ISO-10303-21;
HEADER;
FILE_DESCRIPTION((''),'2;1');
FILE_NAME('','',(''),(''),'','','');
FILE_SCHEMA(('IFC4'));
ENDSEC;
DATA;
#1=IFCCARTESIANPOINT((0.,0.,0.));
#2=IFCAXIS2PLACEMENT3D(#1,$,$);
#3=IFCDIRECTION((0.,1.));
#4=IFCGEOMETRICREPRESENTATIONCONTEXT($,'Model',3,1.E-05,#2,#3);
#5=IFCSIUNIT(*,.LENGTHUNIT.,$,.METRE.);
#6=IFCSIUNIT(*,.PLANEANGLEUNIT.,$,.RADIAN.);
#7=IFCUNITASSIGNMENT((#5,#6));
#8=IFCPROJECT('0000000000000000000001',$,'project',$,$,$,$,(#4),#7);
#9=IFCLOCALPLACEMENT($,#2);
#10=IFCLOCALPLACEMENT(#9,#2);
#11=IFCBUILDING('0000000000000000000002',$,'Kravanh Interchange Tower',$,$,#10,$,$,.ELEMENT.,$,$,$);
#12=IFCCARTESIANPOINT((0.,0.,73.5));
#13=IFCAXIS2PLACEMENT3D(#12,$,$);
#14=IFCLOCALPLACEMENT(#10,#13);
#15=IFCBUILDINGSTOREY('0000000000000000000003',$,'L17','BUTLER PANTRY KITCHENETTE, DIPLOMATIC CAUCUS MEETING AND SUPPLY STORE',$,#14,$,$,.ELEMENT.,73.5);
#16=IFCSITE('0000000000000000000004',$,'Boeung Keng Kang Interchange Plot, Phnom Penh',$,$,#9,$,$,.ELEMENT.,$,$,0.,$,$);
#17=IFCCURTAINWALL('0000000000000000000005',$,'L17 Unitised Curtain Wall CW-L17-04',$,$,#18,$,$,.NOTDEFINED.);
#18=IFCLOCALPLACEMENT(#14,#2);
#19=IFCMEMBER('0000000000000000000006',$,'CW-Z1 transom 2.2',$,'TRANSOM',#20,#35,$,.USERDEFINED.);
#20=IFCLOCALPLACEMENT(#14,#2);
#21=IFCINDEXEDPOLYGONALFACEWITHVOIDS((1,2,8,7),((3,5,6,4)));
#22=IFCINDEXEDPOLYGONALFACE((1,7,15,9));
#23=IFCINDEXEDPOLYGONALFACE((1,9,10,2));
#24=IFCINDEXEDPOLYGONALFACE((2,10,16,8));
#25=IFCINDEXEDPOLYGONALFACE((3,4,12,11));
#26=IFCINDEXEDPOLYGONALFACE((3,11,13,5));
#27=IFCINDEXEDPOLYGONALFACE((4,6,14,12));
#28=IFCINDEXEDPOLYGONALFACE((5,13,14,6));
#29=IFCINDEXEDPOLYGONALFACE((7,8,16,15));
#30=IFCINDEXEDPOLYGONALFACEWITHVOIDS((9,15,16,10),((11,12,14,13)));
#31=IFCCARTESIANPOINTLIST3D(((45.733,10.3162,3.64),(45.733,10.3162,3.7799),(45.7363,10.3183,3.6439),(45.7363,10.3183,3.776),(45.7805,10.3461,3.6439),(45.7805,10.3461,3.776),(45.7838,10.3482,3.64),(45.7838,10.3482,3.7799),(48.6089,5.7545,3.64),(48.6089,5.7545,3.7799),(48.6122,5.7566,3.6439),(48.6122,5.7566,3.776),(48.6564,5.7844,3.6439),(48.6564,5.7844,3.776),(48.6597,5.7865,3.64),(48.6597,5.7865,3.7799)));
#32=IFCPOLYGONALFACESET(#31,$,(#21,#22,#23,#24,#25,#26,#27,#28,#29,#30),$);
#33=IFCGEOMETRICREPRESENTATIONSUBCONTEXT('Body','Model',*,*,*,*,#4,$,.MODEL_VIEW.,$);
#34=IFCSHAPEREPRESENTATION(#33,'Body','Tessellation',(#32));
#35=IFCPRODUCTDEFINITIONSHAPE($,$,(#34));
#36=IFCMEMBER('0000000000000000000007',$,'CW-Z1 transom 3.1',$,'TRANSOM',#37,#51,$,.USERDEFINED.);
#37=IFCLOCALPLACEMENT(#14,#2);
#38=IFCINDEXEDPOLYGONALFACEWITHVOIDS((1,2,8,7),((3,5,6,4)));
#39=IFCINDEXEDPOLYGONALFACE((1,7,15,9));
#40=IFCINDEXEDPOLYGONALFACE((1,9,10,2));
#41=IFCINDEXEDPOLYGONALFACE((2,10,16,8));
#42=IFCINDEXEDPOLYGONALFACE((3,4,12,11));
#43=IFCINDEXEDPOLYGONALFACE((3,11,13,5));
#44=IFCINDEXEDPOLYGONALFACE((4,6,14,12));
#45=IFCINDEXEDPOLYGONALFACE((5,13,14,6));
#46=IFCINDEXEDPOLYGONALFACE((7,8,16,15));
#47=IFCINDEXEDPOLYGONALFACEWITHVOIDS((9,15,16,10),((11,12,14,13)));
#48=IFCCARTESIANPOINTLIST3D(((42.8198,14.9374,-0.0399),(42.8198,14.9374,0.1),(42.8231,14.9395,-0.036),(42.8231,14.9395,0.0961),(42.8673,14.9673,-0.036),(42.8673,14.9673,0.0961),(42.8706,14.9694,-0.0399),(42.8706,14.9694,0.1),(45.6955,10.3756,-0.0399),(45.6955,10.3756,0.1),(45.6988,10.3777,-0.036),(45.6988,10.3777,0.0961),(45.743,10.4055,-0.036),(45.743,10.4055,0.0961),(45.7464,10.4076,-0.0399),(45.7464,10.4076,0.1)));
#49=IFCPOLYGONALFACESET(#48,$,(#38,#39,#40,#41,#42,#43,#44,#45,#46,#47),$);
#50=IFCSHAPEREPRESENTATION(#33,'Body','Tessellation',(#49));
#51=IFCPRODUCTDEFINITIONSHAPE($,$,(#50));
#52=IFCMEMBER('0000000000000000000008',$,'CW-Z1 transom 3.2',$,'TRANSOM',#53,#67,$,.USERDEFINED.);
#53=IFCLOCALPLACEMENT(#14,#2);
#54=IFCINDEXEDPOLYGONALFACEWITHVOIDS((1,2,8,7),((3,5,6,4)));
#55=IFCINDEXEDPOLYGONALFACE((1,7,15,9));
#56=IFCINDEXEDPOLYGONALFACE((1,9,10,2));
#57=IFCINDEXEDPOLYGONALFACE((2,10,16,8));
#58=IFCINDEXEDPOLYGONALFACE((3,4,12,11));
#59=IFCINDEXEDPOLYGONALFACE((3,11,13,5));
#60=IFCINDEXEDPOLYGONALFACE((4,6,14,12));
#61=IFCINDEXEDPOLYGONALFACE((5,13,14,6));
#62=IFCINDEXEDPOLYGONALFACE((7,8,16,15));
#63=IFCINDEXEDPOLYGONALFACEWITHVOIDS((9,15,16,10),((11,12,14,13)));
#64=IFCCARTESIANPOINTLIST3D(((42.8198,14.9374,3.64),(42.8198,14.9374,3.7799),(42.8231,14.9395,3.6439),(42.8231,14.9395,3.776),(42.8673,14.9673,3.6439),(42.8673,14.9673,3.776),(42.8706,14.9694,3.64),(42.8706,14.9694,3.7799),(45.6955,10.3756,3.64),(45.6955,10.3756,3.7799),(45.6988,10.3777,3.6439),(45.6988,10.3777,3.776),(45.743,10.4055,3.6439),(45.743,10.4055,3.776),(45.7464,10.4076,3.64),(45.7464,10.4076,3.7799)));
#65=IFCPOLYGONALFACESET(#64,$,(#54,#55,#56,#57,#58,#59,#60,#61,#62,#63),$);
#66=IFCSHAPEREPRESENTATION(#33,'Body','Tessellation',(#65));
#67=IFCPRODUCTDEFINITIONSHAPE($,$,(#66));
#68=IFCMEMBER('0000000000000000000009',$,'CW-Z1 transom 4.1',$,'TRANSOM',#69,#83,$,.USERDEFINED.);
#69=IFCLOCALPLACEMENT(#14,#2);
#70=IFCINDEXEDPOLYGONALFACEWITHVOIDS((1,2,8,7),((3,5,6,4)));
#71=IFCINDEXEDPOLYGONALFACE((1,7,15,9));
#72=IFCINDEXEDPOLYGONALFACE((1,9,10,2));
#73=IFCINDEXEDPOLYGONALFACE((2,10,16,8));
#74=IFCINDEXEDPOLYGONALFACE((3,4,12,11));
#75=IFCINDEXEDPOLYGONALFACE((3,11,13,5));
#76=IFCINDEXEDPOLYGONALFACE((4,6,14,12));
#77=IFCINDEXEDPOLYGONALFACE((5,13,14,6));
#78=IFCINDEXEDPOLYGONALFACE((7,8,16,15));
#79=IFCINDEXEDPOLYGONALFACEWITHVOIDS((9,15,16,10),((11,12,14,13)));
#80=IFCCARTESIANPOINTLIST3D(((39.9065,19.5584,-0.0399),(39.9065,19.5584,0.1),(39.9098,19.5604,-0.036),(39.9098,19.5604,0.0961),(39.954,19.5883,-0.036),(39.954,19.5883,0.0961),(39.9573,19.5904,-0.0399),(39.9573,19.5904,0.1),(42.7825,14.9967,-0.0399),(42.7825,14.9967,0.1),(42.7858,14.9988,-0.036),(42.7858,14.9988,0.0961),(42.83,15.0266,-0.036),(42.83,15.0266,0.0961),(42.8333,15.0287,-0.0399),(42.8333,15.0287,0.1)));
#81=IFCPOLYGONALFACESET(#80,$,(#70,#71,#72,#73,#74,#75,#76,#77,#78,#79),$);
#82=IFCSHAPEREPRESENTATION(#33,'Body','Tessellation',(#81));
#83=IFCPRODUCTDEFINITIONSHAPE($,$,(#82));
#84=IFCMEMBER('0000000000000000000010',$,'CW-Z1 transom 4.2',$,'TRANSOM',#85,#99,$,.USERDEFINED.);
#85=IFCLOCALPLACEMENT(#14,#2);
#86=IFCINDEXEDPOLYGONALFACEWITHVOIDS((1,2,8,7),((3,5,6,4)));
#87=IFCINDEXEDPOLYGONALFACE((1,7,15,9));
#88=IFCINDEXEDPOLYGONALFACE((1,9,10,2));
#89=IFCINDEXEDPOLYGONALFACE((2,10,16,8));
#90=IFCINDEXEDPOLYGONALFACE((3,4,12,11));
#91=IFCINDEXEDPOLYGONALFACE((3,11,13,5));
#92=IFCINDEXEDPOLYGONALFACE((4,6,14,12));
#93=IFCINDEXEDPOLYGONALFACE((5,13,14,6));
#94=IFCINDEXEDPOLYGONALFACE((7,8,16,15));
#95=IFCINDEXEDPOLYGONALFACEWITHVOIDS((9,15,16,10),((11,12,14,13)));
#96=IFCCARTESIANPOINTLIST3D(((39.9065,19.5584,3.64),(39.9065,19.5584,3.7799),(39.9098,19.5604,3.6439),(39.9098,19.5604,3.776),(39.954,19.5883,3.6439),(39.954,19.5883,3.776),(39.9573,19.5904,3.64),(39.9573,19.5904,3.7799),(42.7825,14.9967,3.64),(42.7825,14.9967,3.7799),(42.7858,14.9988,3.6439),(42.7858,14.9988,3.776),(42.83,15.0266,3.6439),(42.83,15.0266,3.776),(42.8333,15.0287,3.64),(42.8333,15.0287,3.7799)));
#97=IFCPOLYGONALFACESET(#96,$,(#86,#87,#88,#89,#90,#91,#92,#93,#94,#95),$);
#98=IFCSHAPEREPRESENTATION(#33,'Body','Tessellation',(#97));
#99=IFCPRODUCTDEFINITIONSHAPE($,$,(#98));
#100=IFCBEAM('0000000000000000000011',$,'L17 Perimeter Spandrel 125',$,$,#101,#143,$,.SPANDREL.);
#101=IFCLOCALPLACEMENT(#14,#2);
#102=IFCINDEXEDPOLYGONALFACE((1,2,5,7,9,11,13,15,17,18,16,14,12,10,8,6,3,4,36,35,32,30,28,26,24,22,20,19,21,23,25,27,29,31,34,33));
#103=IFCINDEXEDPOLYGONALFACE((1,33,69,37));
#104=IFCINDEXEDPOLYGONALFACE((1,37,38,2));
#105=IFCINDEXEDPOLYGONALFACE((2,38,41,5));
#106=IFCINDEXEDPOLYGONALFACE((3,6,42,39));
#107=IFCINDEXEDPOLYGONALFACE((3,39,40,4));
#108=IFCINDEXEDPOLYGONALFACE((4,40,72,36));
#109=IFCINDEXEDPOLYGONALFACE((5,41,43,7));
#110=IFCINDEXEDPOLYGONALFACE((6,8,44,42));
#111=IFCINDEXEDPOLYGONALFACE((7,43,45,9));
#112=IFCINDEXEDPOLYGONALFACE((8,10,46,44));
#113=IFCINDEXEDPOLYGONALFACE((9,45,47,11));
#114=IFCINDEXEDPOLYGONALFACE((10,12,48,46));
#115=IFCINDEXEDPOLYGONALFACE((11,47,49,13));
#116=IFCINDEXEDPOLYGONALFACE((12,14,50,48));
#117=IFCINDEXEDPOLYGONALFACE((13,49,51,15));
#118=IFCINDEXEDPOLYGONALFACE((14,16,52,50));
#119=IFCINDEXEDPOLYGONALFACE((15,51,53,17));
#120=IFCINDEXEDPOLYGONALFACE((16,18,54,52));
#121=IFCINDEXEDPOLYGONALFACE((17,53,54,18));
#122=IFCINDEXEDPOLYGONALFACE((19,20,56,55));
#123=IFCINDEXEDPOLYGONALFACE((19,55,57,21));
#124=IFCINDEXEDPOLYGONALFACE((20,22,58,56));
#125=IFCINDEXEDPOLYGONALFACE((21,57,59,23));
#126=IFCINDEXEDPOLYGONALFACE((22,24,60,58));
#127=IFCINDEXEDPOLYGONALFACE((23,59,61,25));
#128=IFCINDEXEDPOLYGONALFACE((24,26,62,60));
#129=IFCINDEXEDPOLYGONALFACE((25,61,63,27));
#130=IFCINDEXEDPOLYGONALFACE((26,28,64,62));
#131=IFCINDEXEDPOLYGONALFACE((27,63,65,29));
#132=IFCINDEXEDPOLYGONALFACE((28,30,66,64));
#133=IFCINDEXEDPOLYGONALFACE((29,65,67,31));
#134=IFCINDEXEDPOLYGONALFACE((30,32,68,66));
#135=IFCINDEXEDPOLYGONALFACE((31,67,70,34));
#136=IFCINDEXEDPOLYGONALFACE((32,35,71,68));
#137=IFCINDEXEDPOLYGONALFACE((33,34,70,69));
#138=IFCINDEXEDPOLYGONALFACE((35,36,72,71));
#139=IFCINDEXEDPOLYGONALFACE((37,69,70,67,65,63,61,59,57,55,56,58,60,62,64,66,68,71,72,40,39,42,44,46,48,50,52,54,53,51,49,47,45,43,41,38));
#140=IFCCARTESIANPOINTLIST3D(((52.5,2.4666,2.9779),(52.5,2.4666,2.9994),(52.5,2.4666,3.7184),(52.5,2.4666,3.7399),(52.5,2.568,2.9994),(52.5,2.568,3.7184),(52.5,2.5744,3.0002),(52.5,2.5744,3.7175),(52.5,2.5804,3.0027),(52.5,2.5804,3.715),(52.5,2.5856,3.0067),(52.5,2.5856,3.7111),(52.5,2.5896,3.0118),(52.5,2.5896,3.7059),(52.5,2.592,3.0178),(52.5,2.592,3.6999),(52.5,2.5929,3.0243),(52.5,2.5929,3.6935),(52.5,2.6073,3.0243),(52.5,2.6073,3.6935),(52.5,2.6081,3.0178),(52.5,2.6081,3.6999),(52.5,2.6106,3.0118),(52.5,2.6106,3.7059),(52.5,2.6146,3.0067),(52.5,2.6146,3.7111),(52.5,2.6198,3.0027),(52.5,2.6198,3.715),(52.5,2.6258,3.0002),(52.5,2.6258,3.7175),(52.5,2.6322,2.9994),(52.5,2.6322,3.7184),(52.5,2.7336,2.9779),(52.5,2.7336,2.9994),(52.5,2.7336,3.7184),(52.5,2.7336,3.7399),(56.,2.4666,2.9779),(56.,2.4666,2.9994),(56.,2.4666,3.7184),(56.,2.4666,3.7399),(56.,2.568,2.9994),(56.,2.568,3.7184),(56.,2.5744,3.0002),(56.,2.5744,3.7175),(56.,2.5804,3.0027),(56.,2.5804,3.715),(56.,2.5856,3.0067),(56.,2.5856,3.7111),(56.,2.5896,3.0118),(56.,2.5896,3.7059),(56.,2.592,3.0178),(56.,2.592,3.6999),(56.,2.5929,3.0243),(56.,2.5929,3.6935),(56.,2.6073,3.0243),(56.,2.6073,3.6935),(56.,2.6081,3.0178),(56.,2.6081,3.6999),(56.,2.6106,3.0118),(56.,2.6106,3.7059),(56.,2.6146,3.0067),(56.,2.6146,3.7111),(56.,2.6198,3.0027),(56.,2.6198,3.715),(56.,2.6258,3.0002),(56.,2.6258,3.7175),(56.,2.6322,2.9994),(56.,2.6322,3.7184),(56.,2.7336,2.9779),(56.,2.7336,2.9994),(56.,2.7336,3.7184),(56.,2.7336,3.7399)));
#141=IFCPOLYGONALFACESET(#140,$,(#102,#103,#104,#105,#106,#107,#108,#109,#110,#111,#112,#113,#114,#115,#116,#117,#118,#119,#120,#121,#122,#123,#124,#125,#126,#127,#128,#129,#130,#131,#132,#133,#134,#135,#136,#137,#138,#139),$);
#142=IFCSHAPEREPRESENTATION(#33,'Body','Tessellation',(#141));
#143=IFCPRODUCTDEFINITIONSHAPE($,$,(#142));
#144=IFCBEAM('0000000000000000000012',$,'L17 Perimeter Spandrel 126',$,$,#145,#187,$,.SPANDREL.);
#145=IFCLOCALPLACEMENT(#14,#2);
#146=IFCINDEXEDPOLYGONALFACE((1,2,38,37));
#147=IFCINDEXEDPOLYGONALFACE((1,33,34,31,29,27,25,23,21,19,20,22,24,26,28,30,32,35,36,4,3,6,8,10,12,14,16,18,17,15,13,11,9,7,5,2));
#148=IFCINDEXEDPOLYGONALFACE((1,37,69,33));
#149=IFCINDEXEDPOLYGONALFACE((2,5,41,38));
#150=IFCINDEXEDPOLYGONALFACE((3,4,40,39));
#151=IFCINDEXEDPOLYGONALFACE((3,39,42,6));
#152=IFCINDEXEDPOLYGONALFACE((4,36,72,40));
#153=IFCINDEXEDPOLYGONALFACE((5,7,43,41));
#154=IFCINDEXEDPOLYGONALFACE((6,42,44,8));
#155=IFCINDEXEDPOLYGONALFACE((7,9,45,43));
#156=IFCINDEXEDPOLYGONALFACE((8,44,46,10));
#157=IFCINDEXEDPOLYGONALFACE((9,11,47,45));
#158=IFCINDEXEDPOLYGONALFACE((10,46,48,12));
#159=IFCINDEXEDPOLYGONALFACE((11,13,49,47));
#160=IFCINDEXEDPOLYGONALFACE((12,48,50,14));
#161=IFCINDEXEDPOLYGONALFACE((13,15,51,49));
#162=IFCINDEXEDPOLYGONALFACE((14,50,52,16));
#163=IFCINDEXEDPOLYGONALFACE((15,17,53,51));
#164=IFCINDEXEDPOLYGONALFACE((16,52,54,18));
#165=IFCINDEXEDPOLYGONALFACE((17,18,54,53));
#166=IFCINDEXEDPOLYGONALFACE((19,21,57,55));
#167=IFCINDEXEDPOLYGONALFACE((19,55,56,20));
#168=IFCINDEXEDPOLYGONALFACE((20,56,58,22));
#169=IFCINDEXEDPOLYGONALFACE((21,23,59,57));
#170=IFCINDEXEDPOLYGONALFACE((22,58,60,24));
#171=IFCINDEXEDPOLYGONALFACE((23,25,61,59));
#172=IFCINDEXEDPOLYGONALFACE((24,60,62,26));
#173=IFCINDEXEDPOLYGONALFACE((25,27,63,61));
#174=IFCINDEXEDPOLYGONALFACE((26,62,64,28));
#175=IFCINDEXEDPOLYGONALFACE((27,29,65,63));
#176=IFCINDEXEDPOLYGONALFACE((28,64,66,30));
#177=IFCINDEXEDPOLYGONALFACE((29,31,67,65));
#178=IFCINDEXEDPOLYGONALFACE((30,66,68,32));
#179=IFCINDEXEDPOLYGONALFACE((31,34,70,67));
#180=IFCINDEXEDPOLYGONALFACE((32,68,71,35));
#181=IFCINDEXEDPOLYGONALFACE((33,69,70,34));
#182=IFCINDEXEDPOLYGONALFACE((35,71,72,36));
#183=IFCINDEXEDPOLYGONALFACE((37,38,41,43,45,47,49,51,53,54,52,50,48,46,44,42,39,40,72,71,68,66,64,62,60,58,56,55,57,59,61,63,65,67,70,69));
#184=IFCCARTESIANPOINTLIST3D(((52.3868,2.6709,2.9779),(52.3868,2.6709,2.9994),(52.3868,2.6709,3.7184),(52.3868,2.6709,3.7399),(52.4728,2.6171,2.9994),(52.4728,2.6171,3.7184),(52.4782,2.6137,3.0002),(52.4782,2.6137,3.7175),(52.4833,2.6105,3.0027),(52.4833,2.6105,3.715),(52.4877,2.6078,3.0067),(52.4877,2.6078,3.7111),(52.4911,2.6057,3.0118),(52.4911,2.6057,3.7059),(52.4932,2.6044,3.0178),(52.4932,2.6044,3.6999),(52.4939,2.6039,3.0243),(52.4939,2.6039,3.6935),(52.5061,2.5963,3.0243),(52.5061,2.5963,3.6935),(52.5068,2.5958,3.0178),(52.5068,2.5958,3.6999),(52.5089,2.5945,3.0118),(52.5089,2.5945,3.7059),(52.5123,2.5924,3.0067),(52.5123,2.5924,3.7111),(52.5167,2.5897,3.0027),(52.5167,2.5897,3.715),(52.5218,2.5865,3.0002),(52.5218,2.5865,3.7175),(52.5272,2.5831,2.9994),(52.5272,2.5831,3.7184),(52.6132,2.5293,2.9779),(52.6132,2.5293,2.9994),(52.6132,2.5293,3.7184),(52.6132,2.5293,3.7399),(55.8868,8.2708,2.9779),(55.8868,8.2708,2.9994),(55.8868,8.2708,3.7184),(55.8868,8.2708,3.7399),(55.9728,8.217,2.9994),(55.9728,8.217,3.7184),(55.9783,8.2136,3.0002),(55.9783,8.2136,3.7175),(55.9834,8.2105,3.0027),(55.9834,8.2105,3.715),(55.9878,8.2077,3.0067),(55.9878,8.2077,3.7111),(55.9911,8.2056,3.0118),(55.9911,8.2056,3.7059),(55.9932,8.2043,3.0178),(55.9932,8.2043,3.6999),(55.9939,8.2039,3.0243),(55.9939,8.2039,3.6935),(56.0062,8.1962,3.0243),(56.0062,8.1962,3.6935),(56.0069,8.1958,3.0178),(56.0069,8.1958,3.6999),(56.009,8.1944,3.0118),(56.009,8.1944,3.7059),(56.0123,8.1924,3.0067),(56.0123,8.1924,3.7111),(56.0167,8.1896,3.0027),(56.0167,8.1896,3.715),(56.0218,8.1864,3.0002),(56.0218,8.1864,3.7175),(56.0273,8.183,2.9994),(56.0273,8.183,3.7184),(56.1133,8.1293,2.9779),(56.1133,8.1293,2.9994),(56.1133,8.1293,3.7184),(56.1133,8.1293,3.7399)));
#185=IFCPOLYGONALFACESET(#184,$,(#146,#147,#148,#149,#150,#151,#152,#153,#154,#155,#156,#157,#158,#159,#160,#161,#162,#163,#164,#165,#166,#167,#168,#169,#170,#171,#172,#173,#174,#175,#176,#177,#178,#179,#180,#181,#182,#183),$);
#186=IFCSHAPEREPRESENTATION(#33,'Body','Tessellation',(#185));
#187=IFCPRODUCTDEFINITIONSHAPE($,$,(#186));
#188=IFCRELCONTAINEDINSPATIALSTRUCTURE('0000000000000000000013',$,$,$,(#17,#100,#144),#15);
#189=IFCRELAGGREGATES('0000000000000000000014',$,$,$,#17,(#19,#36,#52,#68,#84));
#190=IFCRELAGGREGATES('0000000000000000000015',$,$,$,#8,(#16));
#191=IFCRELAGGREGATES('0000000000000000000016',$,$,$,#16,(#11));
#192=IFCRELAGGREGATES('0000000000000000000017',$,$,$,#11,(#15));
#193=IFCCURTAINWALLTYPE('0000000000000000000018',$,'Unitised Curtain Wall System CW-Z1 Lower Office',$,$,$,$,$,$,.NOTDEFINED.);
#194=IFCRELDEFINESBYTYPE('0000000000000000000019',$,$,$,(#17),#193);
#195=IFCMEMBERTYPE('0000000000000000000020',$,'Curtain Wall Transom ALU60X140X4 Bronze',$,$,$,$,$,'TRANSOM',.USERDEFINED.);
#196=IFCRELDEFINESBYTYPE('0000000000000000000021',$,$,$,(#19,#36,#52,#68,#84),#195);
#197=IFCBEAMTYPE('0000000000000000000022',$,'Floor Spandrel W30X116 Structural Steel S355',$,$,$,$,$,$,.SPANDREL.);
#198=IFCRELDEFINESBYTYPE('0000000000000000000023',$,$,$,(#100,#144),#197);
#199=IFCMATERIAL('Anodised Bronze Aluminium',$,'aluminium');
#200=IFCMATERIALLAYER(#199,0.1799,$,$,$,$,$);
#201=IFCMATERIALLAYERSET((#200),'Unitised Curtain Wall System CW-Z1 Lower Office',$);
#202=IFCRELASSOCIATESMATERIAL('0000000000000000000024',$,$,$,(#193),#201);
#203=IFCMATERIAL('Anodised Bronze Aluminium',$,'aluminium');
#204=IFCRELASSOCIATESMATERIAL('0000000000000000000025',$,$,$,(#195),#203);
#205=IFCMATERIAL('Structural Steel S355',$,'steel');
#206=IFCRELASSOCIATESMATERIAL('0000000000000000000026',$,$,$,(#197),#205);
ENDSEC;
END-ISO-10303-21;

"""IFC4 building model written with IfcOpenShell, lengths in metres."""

from ifc_helpers import new_model, si_unit, direction, frame, origin, origin_2d, place, context, subcontext, project, spatial, hollow_rectangle, i_section, extrude, material, layer, layer_set, material_profile, profile_set, type_object, element, aggregate, save


model = new_model("IFC4")

# Units and contexts
model_context = context("Model", 3, precision=1e-05, world=origin(), true_north=direction((0.0, 1.0)))
body_context = subcontext(model_context, "Body", "Model", "MODEL_VIEW")
ifc_project = project(units=[si_unit("LENGTHUNIT", "METRE"), si_unit("PLANEANGLEUNIT", "RADIAN")], contexts=[model_context])

# Site, building, storey
site_placement = place(None, origin())
site = spatial("IfcSite", under=ifc_project, at=site_placement, Name="Boeung Keng Kang Interchange Plot, Phnom Penh", CompositionType="ELEMENT", RefElevation=0.0)
building_placement = place(site_placement, origin())
building = spatial("IfcBuilding", under=site, at=building_placement, Name="Kravanh Interchange Tower", CompositionType="ELEMENT")
storey_placement = place(building_placement, frame((0.0, 0.0, 73.5)))
storey = spatial("IfcBuildingStorey", under=building, at=storey_placement, Name="L17", Description="BUTLER PANTRY KITCHENETTE, DIPLOMATIC CAUCUS MEETING AND SUPPLY STORE", CompositionType="ELEMENT", Elevation=73.5)

# Shared definitions
ifc_material_1 = material(Name="Anodised Bronze Aluminium", Category="aluminium")
ifc_layer_1 = layer(ifc_material_1, 0.1799)
ifc_layer_set_1 = layer_set([ifc_layer_1], Name="Unitised Curtain Wall System CW-Z1 Lower Office")
curtain_wall_type = type_object("IfcCurtainWallType", Name="Unitised Curtain Wall System CW-Z1 Lower Office", PredefinedType="NOTDEFINED", material=ifc_layer_set_1)

# Curtain wall, members
curtain_wall_1_placement = place(storey_placement, origin())
curtain_wall_1 = element("IfcCurtainWall", 1, at=curtain_wall_1_placement, inside=storey, type_object=curtain_wall_type, Name="L17 Unitised Curtain Wall CW-L17-04", PredefinedType="NOTDEFINED")
ifc_material_2 = material(Name="Anodised Bronze Aluminium", Category="aluminium")
ifc_material_profile_1 = material_profile(ifc_material_2, hollow_rectangle(XDim=0.0601, YDim=0.1399, WallThickness=0.0039, at=origin_2d()), Name="ALU60X140X4")
ifc_profile_set_1 = profile_set([ifc_material_profile_1], Name="Anodised Bronze Aluminium")
member_type_1 = type_object("IfcMemberType", Name="Curtain Wall Transom ALU60X140X4 Bronze", ElementType="TRANSOM", PredefinedType="USERDEFINED", material=ifc_profile_set_1)
member_1_placement = place(storey_placement, frame((48.6343, 5.7705, 3.71), z_axis=(-0.533311, 0.845919, 0.0), x_axis=(-0.845919, -0.533311, 0.0)))
member_1 = element("IfcMember", 2, at=member_1_placement, type_object=member_type_1, Name="CW-Z1 transom 2.2", ObjectType="TRANSOM", PredefinedType="USERDEFINED", context=body_context, shape_type="SweptSolid", body=[
    extrude(hollow_rectangle(XDim=0.0601, YDim=0.1399, WallThickness=0.0039, at=origin_2d()), origin(), (0.0, 0.0, 1.0), 5.3926),
])
member_2_placement = place(storey_placement, frame((45.7209, 10.3916, 0.03), z_axis=(-0.533279, 0.845939, 0.0), x_axis=(-0.845939, -0.533279, 0.0)))
member_2 = element("IfcMember", 3, at=member_2_placement, type_object=member_type_1, Name="CW-Z1 transom 3.1", ObjectType="TRANSOM", PredefinedType="USERDEFINED", context=body_context, shape_type="SweptSolid", body=[
    extrude(hollow_rectangle(XDim=0.0601, YDim=0.1399, WallThickness=0.0039, at=origin_2d()), origin(), (0.0, 0.0, 1.0), 5.3926),
])
member_3_placement = place(storey_placement, frame((45.7209, 10.3916, 3.71), z_axis=(-0.533279, 0.845939, 0.0), x_axis=(-0.845939, -0.533279, 0.0)))
member_3 = element("IfcMember", 4, at=member_3_placement, type_object=member_type_1, Name="CW-Z1 transom 3.2", ObjectType="TRANSOM", PredefinedType="USERDEFINED", context=body_context, shape_type="SweptSolid", body=[
    extrude(hollow_rectangle(XDim=0.0601, YDim=0.1399, WallThickness=0.0039, at=origin_2d()), origin(), (0.0, 0.0, 1.0), 5.3926),
])
member_4_placement = place(storey_placement, frame((42.8079, 15.0127, 0.03), z_axis=(-0.533311, 0.845919, 0.0), x_axis=(-0.845919, -0.533311, 0.0)))
member_4 = element("IfcMember", 5, at=member_4_placement, type_object=member_type_1, Name="CW-Z1 transom 4.1", ObjectType="TRANSOM", PredefinedType="USERDEFINED", context=body_context, shape_type="SweptSolid", body=[
    extrude(hollow_rectangle(XDim=0.0601, YDim=0.1399, WallThickness=0.0039, at=origin_2d()), origin(), (0.0, 0.0, 1.0), 5.3926),
])
member_5_placement = place(storey_placement, frame((42.8079, 15.0127, 3.71), z_axis=(-0.533311, 0.845919, 0.0), x_axis=(-0.845919, -0.533311, 0.0)))
member_5 = element("IfcMember", 6, at=member_5_placement, type_object=member_type_1, Name="CW-Z1 transom 4.2", ObjectType="TRANSOM", PredefinedType="USERDEFINED", context=body_context, shape_type="SweptSolid", body=[
    extrude(hollow_rectangle(XDim=0.0601, YDim=0.1399, WallThickness=0.0039, at=origin_2d()), origin(), (0.0, 0.0, 1.0), 5.3926),
])

# Beams
ifc_material_3 = material(Name="Structural Steel S355", Category="steel")
ifc_material_profile_2 = material_profile(ifc_material_3, i_section(OverallWidth=0.2671, OverallDepth=0.762, WebThickness=0.0144, FlangeThickness=0.0215, FilletRadius=0.0249, at=origin_2d()), Name="W30X116")
ifc_profile_set_2 = profile_set([ifc_material_profile_2], Name="Structural Steel S355")
beam_type = type_object("IfcBeamType", Name="Floor Spandrel W30X116 Structural Steel S355", PredefinedType="SPANDREL", material=ifc_profile_set_2)
beam_1_placement = place(storey_placement, frame((52.5, 2.6001, 3.3589), z_axis=(1.0, 0.0, 0.0), x_axis=(0.0, 1.0, 0.0)))
element("IfcBeam", 7, at=beam_1_placement, inside=storey, type_object=beam_type, Name="L17 Perimeter Spandrel 125", PredefinedType="SPANDREL", context=body_context, shape_type="SweptSolid", body=[
    extrude(i_section(OverallWidth=0.2671, OverallDepth=0.762, WebThickness=0.0144, FlangeThickness=0.0215, FilletRadius=0.0249, at=origin_2d()), origin(), (0.0, 0.0, 1.0), 3.5),
])
beam_2_placement = place(storey_placement, frame((52.5, 2.6001, 3.3589), z_axis=(0.530009, 0.847992, 0.0), x_axis=(-0.847992, 0.530009, 0.0)))
element("IfcBeam", 8, at=beam_2_placement, inside=storey, type_object=beam_type, Name="L17 Perimeter Spandrel 126", PredefinedType="SPANDREL", context=body_context, shape_type="SweptSolid", body=[
    extrude(i_section(OverallWidth=0.2671, OverallDepth=0.762, WebThickness=0.0144, FlangeThickness=0.0215, FilletRadius=0.0249, at=origin_2d()), origin(), (0.0, 0.0, 1.0), 6.6038),
])

aggregate(curtain_wall_1, [member_1, member_2, member_3, member_4, member_5])

save(model, "model.ifc")
